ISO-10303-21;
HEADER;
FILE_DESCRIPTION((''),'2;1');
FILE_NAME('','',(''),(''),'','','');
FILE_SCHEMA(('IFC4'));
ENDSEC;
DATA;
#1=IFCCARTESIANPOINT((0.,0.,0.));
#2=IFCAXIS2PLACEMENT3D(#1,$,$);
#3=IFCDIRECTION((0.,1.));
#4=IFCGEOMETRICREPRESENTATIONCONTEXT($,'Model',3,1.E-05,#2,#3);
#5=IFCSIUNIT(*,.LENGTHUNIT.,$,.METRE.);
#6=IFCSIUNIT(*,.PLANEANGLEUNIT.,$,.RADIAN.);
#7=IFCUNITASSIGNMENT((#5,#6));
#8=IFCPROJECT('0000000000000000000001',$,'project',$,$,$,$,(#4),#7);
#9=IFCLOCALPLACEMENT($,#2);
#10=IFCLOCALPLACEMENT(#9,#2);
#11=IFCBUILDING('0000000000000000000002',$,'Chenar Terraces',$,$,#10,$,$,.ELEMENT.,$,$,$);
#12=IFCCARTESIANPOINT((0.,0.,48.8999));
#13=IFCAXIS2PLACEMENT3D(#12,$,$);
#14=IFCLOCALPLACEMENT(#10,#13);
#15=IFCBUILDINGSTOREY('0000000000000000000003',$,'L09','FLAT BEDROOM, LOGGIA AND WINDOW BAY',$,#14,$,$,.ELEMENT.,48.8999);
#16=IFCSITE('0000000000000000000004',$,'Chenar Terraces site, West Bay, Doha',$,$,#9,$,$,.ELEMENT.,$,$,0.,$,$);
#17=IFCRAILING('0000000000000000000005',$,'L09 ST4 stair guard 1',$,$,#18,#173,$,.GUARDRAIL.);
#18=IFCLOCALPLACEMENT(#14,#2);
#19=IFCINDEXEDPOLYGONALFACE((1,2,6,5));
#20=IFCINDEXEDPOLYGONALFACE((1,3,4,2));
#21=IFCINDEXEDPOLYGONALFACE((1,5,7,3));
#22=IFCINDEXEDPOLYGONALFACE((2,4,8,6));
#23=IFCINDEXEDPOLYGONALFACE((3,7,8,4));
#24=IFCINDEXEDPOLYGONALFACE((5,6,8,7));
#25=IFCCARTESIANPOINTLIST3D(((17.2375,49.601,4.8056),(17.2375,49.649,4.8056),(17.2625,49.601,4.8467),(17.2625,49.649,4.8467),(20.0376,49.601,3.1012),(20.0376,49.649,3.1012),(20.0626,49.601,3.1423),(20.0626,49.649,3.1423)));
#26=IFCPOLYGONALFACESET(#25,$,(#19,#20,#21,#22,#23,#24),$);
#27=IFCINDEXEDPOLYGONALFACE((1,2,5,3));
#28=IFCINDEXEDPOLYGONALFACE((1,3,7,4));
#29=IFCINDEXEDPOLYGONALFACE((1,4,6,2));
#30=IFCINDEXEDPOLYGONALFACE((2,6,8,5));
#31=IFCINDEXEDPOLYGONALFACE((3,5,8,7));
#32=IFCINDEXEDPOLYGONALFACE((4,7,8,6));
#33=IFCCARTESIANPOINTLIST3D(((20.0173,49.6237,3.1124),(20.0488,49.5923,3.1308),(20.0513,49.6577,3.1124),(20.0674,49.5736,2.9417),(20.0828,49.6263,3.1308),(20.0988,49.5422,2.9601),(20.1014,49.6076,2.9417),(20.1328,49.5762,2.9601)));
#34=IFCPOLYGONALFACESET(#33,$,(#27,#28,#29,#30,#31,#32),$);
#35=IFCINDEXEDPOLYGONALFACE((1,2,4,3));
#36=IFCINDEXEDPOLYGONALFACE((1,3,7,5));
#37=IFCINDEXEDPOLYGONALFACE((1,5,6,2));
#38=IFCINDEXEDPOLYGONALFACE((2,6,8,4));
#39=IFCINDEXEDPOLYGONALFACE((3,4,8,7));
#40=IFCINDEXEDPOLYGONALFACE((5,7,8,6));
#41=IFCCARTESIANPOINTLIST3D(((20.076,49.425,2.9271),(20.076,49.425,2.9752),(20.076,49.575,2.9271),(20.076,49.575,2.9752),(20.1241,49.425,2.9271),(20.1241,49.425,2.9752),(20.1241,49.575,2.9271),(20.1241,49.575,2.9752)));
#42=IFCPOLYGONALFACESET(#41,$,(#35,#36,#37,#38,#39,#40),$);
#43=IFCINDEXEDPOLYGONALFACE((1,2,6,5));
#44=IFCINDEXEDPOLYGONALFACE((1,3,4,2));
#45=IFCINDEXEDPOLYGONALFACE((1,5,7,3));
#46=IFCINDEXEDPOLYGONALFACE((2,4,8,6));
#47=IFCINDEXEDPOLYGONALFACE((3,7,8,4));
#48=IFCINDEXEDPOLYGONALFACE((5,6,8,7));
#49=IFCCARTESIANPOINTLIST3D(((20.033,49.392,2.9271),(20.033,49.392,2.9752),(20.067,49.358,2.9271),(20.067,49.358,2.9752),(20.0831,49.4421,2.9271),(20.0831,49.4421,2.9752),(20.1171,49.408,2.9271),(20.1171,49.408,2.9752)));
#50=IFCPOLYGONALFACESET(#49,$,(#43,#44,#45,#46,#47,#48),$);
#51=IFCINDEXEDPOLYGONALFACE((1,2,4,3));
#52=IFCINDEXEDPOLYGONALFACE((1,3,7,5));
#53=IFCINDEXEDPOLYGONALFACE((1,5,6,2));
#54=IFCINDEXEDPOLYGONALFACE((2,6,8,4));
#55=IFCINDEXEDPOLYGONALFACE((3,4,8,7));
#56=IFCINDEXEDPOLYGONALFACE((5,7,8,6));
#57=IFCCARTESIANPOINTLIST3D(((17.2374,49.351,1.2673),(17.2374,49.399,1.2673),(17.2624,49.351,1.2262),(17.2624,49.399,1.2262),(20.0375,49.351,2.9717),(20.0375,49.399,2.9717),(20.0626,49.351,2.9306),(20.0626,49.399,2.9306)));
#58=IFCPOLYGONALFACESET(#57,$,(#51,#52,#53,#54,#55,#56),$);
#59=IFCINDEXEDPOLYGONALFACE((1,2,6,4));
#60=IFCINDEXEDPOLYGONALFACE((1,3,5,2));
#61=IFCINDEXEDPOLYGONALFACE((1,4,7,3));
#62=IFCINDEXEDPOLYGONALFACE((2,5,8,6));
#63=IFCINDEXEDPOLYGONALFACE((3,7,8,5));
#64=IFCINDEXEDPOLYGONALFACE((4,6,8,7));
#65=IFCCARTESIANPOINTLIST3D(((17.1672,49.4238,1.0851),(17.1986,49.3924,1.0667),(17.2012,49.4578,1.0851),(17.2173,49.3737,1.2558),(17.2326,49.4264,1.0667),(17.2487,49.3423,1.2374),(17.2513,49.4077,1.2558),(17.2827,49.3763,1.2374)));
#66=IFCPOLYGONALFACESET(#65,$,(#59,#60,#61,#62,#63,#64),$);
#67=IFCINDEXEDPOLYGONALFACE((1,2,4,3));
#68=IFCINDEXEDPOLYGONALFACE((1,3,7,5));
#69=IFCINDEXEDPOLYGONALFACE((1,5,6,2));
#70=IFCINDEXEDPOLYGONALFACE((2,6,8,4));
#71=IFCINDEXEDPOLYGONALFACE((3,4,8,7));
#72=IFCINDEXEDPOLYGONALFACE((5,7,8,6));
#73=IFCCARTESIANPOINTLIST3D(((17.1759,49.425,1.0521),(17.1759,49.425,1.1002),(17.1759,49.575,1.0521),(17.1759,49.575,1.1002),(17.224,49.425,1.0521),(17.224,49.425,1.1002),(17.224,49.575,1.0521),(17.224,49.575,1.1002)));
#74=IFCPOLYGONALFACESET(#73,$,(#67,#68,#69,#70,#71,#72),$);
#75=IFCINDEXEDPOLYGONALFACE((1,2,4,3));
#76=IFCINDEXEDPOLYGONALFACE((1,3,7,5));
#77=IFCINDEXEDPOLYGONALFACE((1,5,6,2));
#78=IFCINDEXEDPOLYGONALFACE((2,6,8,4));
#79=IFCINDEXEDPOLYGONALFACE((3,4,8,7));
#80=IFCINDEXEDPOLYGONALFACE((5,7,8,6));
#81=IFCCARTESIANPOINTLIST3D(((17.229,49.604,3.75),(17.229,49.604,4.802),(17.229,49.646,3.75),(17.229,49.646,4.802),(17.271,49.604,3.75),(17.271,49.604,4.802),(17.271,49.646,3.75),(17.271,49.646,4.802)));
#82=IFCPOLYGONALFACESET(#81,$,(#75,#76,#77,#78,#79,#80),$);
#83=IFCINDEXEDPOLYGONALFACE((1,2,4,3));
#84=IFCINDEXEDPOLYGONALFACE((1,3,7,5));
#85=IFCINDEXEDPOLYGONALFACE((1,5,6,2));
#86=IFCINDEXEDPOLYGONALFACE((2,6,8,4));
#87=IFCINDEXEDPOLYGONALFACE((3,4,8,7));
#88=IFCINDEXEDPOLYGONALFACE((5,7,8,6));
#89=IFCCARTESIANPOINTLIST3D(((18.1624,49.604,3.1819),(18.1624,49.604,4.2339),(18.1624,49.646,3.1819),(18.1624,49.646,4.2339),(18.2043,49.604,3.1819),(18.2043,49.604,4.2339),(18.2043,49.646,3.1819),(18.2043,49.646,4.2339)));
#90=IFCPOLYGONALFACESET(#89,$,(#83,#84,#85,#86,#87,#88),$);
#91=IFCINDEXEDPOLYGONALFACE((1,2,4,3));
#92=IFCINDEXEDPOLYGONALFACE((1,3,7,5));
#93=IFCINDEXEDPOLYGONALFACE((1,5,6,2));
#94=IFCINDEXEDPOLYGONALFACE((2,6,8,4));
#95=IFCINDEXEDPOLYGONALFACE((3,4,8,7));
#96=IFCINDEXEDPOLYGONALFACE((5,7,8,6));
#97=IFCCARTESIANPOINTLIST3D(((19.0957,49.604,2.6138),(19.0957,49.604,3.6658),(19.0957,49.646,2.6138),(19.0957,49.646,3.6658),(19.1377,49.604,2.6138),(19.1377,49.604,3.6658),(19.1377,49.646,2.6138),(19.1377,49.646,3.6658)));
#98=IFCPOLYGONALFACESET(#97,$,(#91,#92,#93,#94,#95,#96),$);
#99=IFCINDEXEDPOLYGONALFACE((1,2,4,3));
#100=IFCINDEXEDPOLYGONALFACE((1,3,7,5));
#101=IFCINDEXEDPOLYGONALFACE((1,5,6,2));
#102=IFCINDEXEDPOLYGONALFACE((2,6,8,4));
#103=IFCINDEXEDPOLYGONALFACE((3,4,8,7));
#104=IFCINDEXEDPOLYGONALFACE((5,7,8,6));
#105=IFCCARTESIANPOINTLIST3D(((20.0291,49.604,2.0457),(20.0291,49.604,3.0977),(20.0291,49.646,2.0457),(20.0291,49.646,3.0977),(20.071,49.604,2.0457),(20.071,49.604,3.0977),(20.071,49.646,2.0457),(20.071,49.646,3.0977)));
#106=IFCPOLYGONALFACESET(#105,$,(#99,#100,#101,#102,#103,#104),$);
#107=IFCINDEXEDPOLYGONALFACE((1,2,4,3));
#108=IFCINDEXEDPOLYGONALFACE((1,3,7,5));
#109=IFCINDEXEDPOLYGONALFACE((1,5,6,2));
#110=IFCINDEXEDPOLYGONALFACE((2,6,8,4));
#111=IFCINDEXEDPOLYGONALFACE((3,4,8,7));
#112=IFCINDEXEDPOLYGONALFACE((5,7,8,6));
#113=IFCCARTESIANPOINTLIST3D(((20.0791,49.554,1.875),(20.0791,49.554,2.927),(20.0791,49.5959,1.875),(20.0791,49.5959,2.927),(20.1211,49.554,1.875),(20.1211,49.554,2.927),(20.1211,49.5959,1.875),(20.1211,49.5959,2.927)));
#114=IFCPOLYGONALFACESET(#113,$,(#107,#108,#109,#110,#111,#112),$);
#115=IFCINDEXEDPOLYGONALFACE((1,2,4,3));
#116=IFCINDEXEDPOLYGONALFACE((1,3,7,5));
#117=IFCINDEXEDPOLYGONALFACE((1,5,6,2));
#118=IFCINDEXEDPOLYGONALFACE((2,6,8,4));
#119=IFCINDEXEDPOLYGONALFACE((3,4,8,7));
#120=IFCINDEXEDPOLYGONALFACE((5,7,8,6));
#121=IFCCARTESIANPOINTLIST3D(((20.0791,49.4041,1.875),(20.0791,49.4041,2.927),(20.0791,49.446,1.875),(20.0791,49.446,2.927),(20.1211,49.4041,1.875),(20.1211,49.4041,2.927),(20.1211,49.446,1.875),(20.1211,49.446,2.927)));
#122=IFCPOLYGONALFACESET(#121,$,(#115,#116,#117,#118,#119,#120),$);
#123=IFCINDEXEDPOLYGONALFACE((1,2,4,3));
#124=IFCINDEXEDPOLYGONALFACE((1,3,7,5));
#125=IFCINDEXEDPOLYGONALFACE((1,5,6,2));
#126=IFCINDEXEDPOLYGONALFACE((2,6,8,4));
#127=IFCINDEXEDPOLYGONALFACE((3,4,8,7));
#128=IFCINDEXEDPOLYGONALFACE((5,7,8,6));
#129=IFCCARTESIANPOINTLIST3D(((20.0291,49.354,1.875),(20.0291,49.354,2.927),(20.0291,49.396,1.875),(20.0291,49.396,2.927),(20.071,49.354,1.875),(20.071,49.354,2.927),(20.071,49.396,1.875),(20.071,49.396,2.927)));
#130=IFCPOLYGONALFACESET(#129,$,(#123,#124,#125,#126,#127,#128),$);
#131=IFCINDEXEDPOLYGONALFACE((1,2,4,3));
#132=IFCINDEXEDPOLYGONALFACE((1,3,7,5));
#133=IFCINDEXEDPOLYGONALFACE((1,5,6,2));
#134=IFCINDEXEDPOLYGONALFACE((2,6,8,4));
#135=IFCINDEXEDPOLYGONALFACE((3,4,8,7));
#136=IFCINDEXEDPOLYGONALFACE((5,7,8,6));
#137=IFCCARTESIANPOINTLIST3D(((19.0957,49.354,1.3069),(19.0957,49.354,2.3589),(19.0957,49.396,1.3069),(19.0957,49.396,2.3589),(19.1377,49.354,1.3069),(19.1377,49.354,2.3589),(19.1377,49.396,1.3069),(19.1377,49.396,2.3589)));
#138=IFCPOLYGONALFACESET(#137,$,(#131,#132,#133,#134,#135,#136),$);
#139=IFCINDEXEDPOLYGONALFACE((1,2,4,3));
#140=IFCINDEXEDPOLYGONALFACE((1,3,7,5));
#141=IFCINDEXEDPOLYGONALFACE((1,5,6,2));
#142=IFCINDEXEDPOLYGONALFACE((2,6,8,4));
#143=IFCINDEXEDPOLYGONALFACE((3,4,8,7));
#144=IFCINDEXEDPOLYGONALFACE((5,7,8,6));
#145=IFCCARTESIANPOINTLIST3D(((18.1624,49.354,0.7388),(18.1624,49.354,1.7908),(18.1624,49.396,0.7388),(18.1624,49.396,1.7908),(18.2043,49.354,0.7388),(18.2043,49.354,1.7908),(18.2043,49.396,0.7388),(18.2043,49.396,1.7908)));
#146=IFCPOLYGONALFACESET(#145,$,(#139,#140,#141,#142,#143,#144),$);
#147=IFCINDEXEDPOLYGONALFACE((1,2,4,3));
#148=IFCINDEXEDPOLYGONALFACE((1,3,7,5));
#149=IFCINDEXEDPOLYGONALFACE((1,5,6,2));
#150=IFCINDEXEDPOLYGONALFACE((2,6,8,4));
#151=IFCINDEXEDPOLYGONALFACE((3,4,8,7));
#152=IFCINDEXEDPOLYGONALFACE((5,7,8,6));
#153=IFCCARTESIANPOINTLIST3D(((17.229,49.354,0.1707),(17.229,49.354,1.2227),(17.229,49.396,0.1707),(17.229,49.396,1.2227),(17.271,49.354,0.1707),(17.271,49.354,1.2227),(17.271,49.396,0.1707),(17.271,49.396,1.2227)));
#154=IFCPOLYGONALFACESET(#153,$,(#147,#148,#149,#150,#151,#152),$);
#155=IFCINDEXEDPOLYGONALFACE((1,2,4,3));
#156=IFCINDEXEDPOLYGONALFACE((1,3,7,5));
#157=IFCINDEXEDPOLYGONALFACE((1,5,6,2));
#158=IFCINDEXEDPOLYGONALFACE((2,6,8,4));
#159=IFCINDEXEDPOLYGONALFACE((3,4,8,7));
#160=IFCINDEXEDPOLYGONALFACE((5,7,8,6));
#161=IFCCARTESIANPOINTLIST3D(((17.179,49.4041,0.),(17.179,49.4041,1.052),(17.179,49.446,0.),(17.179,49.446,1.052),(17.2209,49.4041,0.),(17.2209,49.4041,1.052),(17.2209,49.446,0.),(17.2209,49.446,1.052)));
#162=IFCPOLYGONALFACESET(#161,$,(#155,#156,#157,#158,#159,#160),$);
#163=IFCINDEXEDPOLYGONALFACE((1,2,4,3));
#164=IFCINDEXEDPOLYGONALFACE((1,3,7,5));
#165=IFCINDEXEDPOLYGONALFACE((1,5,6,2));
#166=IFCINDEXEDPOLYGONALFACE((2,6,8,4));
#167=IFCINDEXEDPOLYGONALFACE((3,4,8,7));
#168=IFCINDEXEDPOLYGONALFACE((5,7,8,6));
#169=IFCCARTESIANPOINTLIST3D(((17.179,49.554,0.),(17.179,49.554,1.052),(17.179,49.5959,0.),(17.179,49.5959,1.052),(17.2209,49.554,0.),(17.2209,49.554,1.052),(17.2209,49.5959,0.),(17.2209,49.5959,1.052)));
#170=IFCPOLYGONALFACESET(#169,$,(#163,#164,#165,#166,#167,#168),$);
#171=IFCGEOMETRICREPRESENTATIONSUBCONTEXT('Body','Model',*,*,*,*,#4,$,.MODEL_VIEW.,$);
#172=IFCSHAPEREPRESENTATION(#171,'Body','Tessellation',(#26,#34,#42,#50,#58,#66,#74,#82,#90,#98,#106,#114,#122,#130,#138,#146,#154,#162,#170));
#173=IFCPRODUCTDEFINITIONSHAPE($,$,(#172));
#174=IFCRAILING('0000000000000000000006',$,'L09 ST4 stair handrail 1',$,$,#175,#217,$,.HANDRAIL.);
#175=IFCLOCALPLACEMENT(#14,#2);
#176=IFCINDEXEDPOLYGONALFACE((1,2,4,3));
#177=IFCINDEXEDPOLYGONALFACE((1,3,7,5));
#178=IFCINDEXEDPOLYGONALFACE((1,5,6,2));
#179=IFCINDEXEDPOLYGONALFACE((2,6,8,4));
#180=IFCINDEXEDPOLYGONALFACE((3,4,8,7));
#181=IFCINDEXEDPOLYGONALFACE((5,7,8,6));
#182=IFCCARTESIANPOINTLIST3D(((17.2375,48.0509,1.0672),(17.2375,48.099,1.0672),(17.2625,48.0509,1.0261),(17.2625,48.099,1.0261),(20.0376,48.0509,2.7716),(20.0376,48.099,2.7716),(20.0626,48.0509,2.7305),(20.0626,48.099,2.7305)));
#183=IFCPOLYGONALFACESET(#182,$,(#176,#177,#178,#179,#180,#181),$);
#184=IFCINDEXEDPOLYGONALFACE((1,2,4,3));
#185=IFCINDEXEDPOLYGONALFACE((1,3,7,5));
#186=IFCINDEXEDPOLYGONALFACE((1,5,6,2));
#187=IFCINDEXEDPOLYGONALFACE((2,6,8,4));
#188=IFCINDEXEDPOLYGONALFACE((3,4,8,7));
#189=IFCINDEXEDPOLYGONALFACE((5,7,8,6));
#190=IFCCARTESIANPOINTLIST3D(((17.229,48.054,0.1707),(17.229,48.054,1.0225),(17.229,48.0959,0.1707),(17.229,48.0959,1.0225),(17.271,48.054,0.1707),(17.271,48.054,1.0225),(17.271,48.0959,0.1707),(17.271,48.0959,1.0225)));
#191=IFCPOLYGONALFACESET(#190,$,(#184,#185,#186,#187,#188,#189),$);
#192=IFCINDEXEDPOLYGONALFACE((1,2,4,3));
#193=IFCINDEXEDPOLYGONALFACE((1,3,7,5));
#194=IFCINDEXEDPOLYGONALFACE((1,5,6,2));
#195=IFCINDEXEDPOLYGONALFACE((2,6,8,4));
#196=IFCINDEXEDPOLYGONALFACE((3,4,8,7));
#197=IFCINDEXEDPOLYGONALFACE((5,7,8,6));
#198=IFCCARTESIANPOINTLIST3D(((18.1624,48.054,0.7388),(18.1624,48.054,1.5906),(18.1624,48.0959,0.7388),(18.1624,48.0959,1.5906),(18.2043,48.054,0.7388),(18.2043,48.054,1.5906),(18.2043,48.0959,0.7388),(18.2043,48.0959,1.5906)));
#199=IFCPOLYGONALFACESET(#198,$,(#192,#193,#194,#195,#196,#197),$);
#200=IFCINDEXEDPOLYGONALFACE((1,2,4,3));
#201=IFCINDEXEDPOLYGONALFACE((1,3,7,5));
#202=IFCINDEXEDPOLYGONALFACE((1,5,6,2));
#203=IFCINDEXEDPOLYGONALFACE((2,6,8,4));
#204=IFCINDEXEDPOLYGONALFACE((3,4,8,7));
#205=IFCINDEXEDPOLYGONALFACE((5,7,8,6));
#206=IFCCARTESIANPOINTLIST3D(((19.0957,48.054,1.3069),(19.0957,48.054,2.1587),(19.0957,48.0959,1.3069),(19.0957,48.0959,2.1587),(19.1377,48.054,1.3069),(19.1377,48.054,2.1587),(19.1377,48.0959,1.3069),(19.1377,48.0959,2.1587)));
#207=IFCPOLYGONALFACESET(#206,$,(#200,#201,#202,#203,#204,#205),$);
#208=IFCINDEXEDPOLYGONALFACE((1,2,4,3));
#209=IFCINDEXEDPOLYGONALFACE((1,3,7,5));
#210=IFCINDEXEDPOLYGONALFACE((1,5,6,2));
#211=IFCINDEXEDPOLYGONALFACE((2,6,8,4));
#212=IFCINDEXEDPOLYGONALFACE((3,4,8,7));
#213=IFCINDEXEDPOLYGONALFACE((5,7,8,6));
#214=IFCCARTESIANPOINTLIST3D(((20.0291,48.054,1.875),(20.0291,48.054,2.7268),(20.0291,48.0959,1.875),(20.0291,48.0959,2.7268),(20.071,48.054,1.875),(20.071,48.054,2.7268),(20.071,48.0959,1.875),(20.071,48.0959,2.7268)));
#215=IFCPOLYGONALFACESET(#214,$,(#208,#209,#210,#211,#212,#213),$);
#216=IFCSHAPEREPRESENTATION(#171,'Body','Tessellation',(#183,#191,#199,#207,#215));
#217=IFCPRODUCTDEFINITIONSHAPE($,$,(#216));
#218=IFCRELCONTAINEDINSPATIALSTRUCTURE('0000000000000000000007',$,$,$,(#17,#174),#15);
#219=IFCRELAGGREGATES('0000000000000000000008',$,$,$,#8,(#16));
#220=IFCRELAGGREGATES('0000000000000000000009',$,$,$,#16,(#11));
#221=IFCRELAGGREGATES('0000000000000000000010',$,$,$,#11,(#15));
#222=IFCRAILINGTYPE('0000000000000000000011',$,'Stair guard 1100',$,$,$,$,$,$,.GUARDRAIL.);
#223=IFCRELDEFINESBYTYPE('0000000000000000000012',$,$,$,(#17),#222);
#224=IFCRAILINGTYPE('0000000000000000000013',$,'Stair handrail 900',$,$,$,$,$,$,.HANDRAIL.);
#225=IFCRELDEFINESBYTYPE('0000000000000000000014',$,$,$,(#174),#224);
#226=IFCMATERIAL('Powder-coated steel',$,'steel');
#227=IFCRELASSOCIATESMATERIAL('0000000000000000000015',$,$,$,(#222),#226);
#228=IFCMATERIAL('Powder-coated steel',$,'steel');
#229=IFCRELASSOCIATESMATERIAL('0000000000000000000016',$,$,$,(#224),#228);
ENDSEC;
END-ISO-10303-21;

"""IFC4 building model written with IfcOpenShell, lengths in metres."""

from ifc_helpers import new_model, si_unit, direction, frame, origin, origin_2d, place, context, subcontext, project, spatial, rectangle, extrude, material, type_object, element, save


model = new_model("IFC4")

# Units and contexts
model_context = context("Model", 3, precision=1e-05, world=origin(), true_north=direction((0.0, 1.0)))
body_context = subcontext(model_context, "Body", "Model", "MODEL_VIEW")
ifc_project = project(units=[si_unit("LENGTHUNIT", "METRE"), si_unit("PLANEANGLEUNIT", "RADIAN")], contexts=[model_context])

# Site, building, storey
site_placement = place(None, origin())
site = spatial("IfcSite", under=ifc_project, at=site_placement, Name="Chenar Terraces site, West Bay, Doha", CompositionType="ELEMENT", RefElevation=0.0)
building_placement = place(site_placement, origin())
building = spatial("IfcBuilding", under=site, at=building_placement, Name="Chenar Terraces", CompositionType="ELEMENT")
storey_placement = place(building_placement, frame((0.0, 0.0, 48.8999)))
storey = spatial("IfcBuildingStorey", under=building, at=storey_placement, Name="L09", Description="FLAT BEDROOM, LOGGIA AND WINDOW BAY", CompositionType="ELEMENT", Elevation=48.8999)

# Railings
ifc_material_1 = material(Name="Powder-coated steel", Category="steel")
railing_type_1 = type_object("IfcRailingType", Name="Stair guard 1100", PredefinedType="GUARDRAIL", material=ifc_material_1)
railing_1_placement = place(storey_placement, frame((17.25, 49.625, 3.75)))
element("IfcRailing", 1, at=railing_1_placement, inside=storey, type_object=railing_type_1, Name="L09 ST4 stair guard 1", PredefinedType="GUARDRAIL", context=body_context, shape_type="SweptSolid", body=[
    extrude(rectangle(XDim=0.0481, YDim=0.0481, at=origin_2d()), frame((0.0, 0.0, 1.0762), z_axis=(0.854203, 0.0, -0.51994), x_axis=(0.0, 1.0, 0.0)), (0.0, 0.0, 1.0), 3.2781),
    extrude(rectangle(XDim=0.0481, YDim=0.0481, at=origin_2d()), frame((2.8, 0.0, -0.6284), z_axis=(0.2709, -0.2709, -0.923703), x_axis=(0.707107, 0.707107, 0.0)), (0.0, 0.0, 1.0), 0.1848),
    extrude(rectangle(XDim=0.0481, YDim=0.0481, at=origin_2d()), frame((2.8501, -0.05, -0.7988), z_axis=(0.0, -1.0, 0.0), x_axis=(1.0, 0.0, 0.0)), (0.0, 0.0, 1.0), 0.1499),
    extrude(rectangle(XDim=0.0481, YDim=0.0481, at=origin_2d()), frame((2.8501, -0.2, -0.7988), z_axis=(-0.707107, -0.707107, 0.0), x_axis=(0.707107, -0.707107, 0.0)), (0.0, 0.0, 1.0), 0.0708),
    extrude(rectangle(XDim=0.0481, YDim=0.0481, at=origin_2d()), frame((2.8, -0.25, -0.7988), z_axis=(-0.854203, 0.0, -0.51994), x_axis=(0.0, -1.0, 0.0)), (0.0, 0.0, 1.0), 3.2781),
    extrude(rectangle(XDim=0.0481, YDim=0.0481, at=origin_2d()), frame((0.0, -0.25, -2.5034), z_axis=(-0.2709, 0.2709, -0.923703), x_axis=(-0.707107, -0.707107, 0.0)), (0.0, 0.0, 1.0), 0.1848),
    extrude(rectangle(XDim=0.0481, YDim=0.0481, at=origin_2d()), frame((-0.05, -0.2, -2.6738), z_axis=(0.0, 1.0, 0.0), x_axis=(-1.0, 0.0, 0.0)), (0.0, 0.0, 1.0), 0.1499),
    extrude(rectangle(XDim=0.042, YDim=0.042, at=origin_2d()), origin(), (0.0, 0.0, 1.0), 1.052),
    extrude(rectangle(XDim=0.042, YDim=0.042, at=origin_2d()), frame((0.9333, 0.0, -0.5681)), (0.0, 0.0, 1.0), 1.052),
    extrude(rectangle(XDim=0.042, YDim=0.042, at=origin_2d()), frame((1.8667, 0.0, -1.1362)), (0.0, 0.0, 1.0), 1.052),
    extrude(rectangle(XDim=0.042, YDim=0.042, at=origin_2d()), frame((2.8, 0.0, -1.7043)), (0.0, 0.0, 1.0), 1.052),
    extrude(rectangle(XDim=0.042, YDim=0.042, at=origin_2d()), frame((2.8501, -0.05, -1.875)), (0.0, 0.0, 1.0), 1.052),
    extrude(rectangle(XDim=0.042, YDim=0.042, at=origin_2d()), frame((2.8501, -0.2, -1.875)), (0.0, 0.0, 1.0), 1.052),
    extrude(rectangle(XDim=0.042, YDim=0.042, at=origin_2d()), frame((2.8, -0.25, -1.875)), (0.0, 0.0, 1.0), 1.052),
    extrude(rectangle(XDim=0.042, YDim=0.042, at=origin_2d()), frame((1.8667, -0.25, -2.4431)), (0.0, 0.0, 1.0), 1.052),
    extrude(rectangle(XDim=0.042, YDim=0.042, at=origin_2d()), frame((0.9333, -0.25, -3.0112)), (0.0, 0.0, 1.0), 1.052),
    extrude(rectangle(XDim=0.042, YDim=0.042, at=origin_2d()), frame((0.0, -0.25, -3.5793)), (0.0, 0.0, 1.0), 1.052),
    extrude(rectangle(XDim=0.042, YDim=0.042, at=origin_2d()), frame((-0.05, -0.2, -3.75)), (0.0, 0.0, 1.0), 1.052),
    extrude(rectangle(XDim=0.042, YDim=0.042, at=origin_2d()), frame((-0.05, -0.05, -3.75)), (0.0, 0.0, 1.0), 1.052),
])
ifc_material_2 = material(Name="Powder-coated steel", Category="steel")
railing_type_2 = type_object("IfcRailingType", Name="Stair handrail 900", PredefinedType="HANDRAIL", material=ifc_material_2)
railing_2_placement = place(storey_placement, frame((17.25, 48.075, 0.1707)))
element("IfcRailing", 2, at=railing_2_placement, inside=storey, type_object=railing_type_2, Name="L09 ST4 stair handrail 1", PredefinedType="HANDRAIL", context=body_context, shape_type="SweptSolid", body=[
    extrude(rectangle(XDim=0.0481, YDim=0.0481, at=origin_2d()), frame((0.0, 0.0, 0.876), z_axis=(0.854203, 0.0, 0.51994), x_axis=(0.0, 1.0, 0.0)), (0.0, 0.0, 1.0), 3.2781),
    extrude(rectangle(XDim=0.042, YDim=0.042, at=origin_2d()), origin(), (0.0, 0.0, 1.0), 0.8518),
    extrude(rectangle(XDim=0.042, YDim=0.042, at=origin_2d()), frame((0.9333, 0.0, 0.5681)), (0.0, 0.0, 1.0), 0.8518),
    extrude(rectangle(XDim=0.042, YDim=0.042, at=origin_2d()), frame((1.8667, 0.0, 1.1362)), (0.0, 0.0, 1.0), 0.8518),
    extrude(rectangle(XDim=0.042, YDim=0.042, at=origin_2d()), frame((2.8, 0.0, 1.7043)), (0.0, 0.0, 1.0), 0.8518),
])

save(model, "model.ifc")
